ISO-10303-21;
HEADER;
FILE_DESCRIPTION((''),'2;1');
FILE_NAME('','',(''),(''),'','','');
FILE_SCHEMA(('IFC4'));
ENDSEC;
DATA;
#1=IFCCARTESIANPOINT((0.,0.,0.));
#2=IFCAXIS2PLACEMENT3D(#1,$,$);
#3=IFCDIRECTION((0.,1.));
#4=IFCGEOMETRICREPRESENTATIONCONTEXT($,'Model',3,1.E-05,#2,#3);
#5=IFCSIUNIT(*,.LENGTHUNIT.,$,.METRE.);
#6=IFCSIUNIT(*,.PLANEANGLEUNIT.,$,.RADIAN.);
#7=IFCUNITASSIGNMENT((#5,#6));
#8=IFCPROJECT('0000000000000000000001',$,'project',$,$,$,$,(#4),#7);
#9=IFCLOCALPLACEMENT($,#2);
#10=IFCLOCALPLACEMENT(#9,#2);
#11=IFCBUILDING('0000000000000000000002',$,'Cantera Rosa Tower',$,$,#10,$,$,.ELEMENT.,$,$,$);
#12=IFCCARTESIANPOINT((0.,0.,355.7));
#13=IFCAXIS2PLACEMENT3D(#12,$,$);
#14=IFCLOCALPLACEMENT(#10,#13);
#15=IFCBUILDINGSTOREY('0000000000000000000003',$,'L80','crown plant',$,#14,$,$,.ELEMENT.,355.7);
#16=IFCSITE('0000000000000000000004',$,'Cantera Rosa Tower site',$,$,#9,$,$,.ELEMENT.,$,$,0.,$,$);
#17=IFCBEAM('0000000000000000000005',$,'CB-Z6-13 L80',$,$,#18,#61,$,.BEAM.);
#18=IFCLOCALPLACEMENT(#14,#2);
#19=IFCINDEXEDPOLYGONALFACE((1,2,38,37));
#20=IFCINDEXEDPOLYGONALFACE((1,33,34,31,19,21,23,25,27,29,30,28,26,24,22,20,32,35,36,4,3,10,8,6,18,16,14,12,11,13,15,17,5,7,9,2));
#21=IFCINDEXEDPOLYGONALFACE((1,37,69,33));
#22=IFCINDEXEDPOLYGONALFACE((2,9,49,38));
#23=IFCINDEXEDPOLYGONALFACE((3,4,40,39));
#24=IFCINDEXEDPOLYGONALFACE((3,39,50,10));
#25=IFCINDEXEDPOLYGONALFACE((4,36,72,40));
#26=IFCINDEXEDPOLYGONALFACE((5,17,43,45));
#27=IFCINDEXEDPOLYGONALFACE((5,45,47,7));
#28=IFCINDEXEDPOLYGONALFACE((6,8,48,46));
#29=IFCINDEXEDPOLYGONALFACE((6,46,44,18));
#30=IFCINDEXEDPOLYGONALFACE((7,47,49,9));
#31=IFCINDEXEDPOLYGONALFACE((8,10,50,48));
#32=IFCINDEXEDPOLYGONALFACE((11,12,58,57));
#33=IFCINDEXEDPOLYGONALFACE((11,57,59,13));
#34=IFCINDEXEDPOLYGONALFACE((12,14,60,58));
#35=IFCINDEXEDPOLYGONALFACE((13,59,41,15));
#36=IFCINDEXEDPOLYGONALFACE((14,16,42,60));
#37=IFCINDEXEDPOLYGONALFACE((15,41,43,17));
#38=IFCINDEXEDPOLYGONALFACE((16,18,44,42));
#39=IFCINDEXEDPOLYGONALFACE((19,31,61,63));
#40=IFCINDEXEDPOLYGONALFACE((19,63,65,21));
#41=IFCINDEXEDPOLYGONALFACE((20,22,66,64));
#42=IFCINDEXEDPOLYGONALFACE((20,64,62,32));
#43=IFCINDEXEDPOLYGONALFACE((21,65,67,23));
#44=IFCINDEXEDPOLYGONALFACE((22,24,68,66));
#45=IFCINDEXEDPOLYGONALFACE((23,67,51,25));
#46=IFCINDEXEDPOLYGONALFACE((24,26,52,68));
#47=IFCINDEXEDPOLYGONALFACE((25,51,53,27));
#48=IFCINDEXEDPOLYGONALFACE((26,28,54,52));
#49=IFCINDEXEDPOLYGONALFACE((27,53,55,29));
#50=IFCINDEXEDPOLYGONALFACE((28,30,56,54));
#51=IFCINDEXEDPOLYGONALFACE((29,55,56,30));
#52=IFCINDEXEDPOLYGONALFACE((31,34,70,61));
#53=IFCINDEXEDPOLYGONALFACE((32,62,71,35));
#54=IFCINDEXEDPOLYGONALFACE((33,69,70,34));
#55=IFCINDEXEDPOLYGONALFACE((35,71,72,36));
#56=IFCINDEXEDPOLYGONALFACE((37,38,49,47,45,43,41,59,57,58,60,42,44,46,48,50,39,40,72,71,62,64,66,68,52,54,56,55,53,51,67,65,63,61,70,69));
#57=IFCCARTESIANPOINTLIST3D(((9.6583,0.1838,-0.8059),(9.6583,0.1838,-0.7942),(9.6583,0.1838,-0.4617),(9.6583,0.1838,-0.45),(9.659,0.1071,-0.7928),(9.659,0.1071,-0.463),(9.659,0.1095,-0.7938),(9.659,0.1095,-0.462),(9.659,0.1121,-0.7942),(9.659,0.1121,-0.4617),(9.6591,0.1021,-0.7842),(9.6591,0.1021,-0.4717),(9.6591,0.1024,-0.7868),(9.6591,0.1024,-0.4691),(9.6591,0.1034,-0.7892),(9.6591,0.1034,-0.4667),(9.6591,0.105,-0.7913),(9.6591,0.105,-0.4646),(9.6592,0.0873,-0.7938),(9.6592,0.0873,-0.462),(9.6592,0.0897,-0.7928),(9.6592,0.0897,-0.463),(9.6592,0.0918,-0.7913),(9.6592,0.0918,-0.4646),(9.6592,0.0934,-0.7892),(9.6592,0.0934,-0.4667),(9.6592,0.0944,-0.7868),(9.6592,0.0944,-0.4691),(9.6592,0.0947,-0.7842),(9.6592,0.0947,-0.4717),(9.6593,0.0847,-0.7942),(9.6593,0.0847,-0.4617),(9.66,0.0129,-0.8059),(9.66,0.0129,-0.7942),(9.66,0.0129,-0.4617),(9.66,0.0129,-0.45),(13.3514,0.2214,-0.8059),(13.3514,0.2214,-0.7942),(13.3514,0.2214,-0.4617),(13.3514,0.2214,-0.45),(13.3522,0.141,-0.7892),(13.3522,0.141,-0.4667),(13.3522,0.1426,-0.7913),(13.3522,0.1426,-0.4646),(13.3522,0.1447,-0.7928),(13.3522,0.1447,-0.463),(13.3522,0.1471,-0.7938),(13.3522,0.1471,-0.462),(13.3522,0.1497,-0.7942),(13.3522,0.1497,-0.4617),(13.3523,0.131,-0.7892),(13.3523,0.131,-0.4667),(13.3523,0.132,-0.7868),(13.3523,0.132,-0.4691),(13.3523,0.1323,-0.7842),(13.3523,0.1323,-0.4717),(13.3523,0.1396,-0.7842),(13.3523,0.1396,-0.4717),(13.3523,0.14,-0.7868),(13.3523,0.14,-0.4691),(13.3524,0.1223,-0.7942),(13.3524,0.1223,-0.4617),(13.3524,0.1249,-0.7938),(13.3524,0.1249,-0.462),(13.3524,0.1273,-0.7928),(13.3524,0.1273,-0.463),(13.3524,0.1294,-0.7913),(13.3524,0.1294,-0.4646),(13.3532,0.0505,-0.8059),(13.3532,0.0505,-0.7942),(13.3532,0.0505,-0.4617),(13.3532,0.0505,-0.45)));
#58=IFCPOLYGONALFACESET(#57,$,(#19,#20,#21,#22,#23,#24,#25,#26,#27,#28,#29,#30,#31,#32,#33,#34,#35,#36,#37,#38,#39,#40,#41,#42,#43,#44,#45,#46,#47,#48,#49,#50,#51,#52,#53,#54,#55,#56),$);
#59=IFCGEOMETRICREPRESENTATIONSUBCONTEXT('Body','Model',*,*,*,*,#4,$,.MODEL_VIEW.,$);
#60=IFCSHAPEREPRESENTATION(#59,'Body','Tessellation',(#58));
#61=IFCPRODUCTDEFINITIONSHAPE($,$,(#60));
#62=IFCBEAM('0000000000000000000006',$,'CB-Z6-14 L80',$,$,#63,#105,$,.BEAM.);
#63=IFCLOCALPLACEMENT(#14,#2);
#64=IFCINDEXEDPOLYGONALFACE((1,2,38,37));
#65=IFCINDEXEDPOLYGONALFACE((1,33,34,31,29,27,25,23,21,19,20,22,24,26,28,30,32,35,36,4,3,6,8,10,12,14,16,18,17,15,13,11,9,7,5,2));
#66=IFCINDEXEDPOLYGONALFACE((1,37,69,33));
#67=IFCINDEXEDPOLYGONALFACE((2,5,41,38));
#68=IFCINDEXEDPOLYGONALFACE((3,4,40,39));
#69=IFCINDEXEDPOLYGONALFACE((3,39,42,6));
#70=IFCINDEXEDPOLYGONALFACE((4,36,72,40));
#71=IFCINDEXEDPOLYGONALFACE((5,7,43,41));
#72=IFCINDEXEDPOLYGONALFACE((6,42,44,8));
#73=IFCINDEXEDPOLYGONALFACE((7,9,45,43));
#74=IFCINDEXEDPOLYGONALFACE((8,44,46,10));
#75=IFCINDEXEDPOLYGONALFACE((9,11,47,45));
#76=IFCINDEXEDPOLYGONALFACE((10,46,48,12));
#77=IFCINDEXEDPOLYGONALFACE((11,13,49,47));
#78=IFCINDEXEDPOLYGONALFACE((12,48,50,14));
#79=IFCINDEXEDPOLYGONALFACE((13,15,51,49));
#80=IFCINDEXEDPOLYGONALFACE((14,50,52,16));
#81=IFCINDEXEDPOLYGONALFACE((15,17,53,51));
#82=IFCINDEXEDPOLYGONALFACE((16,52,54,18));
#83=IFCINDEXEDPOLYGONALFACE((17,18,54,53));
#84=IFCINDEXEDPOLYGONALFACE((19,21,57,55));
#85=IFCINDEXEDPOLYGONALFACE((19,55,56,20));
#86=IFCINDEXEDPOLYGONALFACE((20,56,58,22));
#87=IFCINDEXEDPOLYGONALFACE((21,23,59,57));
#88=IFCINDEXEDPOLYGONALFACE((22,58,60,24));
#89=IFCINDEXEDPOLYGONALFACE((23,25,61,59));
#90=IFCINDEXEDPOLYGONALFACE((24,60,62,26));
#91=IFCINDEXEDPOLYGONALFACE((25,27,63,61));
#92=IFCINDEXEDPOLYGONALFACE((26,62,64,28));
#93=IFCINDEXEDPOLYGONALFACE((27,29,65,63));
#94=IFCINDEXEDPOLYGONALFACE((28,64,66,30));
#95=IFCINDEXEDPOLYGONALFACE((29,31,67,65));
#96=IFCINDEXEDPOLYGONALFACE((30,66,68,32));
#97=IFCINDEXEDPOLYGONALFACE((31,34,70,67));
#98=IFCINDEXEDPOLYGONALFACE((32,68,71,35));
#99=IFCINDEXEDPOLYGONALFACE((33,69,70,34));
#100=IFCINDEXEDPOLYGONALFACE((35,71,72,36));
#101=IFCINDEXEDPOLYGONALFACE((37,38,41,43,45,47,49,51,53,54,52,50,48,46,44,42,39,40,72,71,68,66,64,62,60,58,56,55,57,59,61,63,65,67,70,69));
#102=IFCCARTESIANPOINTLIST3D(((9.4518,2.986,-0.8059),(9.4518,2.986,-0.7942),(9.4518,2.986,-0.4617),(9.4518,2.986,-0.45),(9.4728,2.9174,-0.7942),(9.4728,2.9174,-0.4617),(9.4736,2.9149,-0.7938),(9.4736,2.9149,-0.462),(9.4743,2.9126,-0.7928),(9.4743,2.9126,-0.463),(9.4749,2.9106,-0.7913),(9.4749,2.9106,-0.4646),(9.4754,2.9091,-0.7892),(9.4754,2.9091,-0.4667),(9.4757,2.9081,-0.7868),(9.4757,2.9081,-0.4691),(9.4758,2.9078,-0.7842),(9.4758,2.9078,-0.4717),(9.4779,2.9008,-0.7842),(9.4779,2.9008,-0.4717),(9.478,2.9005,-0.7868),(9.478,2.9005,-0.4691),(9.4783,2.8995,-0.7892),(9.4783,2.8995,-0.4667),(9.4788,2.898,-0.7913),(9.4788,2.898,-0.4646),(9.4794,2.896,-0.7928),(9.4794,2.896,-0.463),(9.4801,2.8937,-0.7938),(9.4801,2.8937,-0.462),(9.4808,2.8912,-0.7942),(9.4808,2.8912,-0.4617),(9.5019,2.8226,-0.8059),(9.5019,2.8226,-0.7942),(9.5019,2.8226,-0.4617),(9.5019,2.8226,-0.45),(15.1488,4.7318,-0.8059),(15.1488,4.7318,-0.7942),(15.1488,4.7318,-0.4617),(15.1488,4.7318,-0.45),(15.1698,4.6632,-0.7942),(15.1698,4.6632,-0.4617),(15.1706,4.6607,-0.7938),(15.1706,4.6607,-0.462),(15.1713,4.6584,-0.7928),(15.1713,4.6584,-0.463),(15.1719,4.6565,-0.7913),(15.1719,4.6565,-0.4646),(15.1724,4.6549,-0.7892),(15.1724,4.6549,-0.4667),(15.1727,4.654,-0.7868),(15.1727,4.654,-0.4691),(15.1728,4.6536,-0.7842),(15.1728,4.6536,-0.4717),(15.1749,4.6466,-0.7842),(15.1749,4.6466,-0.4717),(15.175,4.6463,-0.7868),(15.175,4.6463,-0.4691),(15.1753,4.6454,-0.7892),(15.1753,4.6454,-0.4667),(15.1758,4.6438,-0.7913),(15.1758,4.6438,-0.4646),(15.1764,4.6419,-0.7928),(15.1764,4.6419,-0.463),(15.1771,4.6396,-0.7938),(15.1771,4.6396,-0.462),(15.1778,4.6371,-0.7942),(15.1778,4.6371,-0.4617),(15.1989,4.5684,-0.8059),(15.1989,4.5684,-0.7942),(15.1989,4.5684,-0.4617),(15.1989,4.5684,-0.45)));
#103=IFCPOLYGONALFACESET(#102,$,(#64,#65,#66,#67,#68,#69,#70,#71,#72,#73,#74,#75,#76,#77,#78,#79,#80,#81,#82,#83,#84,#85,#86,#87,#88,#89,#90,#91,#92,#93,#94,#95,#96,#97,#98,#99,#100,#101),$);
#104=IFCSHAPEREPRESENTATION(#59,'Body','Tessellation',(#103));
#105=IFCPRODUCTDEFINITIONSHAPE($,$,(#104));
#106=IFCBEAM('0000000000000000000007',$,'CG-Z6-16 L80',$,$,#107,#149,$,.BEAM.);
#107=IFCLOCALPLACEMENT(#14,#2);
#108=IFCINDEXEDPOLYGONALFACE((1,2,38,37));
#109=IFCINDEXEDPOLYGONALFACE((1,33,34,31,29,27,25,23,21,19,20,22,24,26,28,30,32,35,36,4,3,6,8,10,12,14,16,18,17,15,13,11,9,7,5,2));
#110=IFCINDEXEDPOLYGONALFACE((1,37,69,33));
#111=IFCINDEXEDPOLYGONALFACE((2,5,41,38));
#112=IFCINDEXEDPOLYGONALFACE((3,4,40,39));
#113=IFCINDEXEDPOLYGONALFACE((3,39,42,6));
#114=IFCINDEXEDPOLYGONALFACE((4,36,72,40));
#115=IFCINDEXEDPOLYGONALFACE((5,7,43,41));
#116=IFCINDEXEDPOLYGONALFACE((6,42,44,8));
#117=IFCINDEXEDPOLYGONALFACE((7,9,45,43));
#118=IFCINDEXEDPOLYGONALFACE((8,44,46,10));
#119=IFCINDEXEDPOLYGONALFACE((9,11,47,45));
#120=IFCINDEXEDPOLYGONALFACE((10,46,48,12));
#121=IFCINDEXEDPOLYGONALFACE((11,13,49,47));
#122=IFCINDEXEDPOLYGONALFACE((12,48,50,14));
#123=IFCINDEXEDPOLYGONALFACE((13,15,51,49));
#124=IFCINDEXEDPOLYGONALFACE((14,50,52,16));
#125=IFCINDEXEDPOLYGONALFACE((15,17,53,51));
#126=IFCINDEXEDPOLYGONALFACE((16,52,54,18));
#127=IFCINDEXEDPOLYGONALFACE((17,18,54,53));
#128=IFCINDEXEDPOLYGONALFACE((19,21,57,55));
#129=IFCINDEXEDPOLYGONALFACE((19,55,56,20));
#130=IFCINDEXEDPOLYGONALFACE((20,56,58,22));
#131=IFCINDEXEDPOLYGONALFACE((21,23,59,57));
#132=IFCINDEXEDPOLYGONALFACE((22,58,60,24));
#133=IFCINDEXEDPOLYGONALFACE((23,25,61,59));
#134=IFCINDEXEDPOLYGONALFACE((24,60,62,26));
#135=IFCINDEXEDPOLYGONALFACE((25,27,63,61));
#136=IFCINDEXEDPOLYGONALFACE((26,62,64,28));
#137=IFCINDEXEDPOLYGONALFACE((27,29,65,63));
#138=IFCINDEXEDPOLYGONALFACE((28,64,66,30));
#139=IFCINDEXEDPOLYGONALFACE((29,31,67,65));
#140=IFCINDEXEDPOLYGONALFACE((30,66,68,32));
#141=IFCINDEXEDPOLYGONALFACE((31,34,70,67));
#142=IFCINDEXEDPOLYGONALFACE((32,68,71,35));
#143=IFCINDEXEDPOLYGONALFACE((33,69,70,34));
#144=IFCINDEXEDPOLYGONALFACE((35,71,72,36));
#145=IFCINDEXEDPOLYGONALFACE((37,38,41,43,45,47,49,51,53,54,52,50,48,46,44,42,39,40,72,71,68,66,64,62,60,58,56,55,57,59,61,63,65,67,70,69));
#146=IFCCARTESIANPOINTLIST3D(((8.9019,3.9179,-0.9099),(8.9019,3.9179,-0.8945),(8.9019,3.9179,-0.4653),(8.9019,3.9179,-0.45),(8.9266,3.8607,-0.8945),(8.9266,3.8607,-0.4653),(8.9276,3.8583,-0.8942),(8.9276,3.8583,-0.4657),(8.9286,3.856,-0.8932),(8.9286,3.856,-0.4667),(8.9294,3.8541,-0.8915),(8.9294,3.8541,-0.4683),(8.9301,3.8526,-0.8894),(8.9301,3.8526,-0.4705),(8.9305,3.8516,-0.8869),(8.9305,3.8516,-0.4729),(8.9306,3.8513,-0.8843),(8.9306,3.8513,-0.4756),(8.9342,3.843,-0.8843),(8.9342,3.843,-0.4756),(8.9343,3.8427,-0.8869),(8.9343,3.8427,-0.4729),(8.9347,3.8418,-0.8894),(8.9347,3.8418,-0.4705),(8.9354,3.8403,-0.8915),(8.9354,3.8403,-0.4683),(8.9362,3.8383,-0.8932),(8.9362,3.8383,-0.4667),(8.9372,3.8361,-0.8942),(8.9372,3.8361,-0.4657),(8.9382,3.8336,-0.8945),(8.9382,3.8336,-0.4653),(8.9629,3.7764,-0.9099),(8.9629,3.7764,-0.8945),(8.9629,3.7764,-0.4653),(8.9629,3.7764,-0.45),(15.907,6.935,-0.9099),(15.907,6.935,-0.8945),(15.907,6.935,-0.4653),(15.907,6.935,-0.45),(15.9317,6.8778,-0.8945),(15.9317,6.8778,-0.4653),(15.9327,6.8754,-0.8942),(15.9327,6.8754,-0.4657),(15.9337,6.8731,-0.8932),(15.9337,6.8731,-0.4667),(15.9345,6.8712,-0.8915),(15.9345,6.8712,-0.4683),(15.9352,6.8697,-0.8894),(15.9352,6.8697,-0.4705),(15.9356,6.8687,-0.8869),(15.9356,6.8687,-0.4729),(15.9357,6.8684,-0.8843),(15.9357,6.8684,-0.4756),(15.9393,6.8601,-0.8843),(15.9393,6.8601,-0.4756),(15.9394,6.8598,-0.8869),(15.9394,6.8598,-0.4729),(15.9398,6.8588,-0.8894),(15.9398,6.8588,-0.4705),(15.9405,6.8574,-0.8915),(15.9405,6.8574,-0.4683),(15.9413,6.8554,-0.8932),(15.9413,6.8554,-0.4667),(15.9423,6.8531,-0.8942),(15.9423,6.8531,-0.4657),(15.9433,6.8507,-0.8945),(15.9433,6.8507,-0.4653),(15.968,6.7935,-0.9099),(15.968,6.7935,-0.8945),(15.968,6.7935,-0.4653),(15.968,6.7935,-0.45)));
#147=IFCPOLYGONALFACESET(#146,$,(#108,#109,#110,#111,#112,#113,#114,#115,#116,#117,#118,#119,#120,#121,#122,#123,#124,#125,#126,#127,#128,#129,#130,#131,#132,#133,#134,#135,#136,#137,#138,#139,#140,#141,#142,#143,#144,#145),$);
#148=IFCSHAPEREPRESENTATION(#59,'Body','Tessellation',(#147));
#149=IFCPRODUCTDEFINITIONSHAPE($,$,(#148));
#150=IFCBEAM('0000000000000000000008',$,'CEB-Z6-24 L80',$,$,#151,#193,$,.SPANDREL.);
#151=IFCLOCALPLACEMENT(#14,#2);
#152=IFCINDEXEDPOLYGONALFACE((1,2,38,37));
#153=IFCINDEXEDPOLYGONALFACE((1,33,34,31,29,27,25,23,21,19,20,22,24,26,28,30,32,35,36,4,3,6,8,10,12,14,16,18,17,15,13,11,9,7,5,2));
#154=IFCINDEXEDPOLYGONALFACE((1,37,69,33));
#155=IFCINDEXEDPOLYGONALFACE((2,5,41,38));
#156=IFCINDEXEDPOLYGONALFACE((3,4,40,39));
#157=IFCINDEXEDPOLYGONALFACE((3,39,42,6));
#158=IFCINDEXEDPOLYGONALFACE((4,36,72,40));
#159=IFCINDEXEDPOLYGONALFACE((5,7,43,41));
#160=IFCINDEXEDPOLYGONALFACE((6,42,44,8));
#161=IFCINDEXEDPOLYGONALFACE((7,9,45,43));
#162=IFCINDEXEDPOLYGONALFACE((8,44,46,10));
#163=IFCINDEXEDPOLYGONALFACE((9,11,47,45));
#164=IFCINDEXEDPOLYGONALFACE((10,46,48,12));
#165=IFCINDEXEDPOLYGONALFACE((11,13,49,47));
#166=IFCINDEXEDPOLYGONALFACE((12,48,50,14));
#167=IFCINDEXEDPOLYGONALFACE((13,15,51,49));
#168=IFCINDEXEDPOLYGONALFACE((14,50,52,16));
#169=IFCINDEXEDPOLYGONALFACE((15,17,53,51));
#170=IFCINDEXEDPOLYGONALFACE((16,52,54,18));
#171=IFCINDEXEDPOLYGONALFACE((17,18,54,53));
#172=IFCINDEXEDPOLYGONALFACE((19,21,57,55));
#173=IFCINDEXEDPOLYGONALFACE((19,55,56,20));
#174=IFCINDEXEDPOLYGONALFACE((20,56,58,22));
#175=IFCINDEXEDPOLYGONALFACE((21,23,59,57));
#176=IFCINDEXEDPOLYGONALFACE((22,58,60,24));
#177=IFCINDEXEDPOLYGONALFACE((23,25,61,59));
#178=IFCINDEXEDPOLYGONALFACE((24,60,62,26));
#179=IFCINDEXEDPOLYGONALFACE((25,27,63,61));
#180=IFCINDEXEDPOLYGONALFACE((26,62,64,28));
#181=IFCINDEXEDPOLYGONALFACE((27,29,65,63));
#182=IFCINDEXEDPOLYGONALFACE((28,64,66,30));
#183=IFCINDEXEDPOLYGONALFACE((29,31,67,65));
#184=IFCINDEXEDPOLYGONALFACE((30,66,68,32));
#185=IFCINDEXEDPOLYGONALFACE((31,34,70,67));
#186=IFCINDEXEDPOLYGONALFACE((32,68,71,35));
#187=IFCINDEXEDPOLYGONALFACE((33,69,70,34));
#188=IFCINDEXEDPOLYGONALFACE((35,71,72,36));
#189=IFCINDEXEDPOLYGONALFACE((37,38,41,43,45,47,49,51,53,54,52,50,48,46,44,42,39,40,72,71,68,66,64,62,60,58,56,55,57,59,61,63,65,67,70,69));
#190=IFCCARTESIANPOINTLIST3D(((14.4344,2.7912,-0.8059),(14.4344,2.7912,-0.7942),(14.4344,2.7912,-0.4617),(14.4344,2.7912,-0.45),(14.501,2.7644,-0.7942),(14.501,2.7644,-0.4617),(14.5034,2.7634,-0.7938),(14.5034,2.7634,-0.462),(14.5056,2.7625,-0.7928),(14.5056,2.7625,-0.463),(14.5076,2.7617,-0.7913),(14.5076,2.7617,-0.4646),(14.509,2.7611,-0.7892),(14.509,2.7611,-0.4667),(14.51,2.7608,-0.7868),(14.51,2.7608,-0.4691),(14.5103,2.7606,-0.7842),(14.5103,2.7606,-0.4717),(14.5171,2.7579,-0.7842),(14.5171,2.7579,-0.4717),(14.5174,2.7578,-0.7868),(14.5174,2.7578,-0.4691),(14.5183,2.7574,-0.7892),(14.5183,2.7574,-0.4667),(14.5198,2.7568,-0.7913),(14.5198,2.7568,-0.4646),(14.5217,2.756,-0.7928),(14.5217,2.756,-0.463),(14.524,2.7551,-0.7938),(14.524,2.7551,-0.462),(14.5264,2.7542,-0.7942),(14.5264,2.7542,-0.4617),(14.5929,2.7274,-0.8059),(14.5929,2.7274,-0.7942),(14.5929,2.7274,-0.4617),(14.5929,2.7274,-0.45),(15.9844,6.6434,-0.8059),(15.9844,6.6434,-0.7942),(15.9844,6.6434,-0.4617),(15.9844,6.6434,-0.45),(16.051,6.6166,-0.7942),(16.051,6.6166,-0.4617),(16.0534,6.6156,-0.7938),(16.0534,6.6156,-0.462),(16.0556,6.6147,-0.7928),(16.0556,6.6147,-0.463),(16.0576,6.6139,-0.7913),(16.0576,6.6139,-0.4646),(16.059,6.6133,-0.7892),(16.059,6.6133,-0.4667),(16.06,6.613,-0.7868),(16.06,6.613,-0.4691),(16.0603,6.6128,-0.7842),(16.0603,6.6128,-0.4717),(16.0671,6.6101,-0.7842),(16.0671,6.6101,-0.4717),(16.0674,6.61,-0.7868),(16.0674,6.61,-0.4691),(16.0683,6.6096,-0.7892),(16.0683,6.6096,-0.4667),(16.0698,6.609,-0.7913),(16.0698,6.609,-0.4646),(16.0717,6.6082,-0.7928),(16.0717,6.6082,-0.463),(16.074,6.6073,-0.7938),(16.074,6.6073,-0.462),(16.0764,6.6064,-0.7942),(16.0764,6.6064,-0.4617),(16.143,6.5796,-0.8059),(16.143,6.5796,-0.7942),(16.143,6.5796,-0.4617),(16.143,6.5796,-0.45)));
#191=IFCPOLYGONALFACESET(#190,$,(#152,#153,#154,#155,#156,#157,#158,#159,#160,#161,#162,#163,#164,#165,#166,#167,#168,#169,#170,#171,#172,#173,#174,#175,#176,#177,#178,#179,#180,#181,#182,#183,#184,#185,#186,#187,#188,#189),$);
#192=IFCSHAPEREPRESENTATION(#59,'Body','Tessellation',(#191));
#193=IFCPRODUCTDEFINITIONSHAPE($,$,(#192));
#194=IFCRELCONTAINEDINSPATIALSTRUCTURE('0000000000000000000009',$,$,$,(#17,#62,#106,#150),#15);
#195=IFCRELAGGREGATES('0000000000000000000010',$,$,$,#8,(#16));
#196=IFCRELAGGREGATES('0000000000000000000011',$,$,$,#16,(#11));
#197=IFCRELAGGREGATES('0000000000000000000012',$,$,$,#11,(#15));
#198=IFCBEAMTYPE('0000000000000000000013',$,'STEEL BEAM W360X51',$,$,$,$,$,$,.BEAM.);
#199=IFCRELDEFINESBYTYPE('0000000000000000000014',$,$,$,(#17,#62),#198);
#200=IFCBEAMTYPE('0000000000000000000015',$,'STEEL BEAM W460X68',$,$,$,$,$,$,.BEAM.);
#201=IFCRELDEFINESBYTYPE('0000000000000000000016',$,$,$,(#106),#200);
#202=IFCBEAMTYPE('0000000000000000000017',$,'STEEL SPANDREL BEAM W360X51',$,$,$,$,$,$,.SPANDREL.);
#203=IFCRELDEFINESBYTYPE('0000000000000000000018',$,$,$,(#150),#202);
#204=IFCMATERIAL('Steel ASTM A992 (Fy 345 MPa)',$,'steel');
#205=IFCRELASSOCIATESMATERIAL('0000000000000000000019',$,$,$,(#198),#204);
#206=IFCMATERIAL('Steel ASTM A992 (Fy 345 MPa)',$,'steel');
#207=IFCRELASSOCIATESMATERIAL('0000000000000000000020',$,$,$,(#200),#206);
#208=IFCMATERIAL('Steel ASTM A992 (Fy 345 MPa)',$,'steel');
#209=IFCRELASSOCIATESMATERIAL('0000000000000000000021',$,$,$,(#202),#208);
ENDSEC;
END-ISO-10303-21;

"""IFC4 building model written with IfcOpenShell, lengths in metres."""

from ifc_helpers import new_model, si_unit, direction, frame, origin, origin_2d, place, context, subcontext, project, spatial, i_section, extrude, material, material_profile, profile_set, type_object, element, save


model = new_model("IFC4")

# Units and contexts
model_context = context("Model", 3, precision=1e-05, world=origin(), true_north=direction((0.0, 1.0)))
body_context = subcontext(model_context, "Body", "Model", "MODEL_VIEW")
ifc_project = project(units=[si_unit("LENGTHUNIT", "METRE"), si_unit("PLANEANGLEUNIT", "RADIAN")], contexts=[model_context])

# Site, building, storey
site_placement = place(None, origin())
site = spatial("IfcSite", under=ifc_project, at=site_placement, Name="Cantera Rosa Tower site", CompositionType="ELEMENT", RefElevation=0.0)
building_placement = place(site_placement, origin())
building = spatial("IfcBuilding", under=site, at=building_placement, Name="Cantera Rosa Tower", CompositionType="ELEMENT")
storey_placement = place(building_placement, frame((0.0, 0.0, 355.7)))
storey = spatial("IfcBuildingStorey", under=building, at=storey_placement, Name="L80", Description="crown plant", CompositionType="ELEMENT", Elevation=355.7)

# Beams
ifc_material_1 = material(Name="Steel ASTM A992 (Fy 345 MPa)", Category="steel")
ifc_material_profile_1 = material_profile(ifc_material_1, i_section(OverallWidth=0.1709, OverallDepth=0.356, WebThickness=0.0073, FlangeThickness=0.0117, FilletRadius=0.01, at=origin_2d()), Name="W360X51")
ifc_profile_set_1 = profile_set([ifc_material_profile_1], Name="Steel ASTM A992 (Fy 345 MPa)")
beam_type_1 = type_object("IfcBeamType", Name="STEEL BEAM W360X51", PredefinedType="BEAM", material=ifc_profile_set_1)
beam_1_placement = place(storey_placement, frame((13.3523, 0.136, -0.6279), z_axis=(-0.999948, -0.01018, 0.0), x_axis=(0.01018, -0.999948, 0.0)))
element("IfcBeam", 1, at=beam_1_placement, inside=storey, type_object=beam_type_1, Name="CB-Z6-13 L80", PredefinedType="BEAM", context=body_context, shape_type="SweptSolid", body=[
    extrude(i_section(OverallWidth=0.1709, OverallDepth=0.356, WebThickness=0.0073, FlangeThickness=0.0117, FilletRadius=0.01, at=origin_2d()), origin(), (0.0, 0.0, 1.0), 3.6934),
])
beam_2_placement = place(storey_placement, frame((15.1738, 4.6501, -0.6279), z_axis=(-0.956112, -0.293, 0.0), x_axis=(0.293, -0.956112, 0.0)))
element("IfcBeam", 2, at=beam_2_placement, inside=storey, type_object=beam_type_1, Name="CB-Z6-14 L80", PredefinedType="BEAM", context=body_context, shape_type="SweptSolid", body=[
    extrude(i_section(OverallWidth=0.1709, OverallDepth=0.356, WebThickness=0.0073, FlangeThickness=0.0117, FilletRadius=0.01, at=origin_2d()), origin(), (0.0, 0.0, 1.0), 5.9585),
])
ifc_material_2 = material(Name="Steel ASTM A992 (Fy 345 MPa)", Category="steel")
ifc_material_profile_2 = material_profile(ifc_material_2, i_section(OverallWidth=0.1541, OverallDepth=0.46, WebThickness=0.009, FlangeThickness=0.0154, FilletRadius=0.0103, at=origin_2d()), Name="W460X68")
ifc_profile_set_2 = profile_set([ifc_material_profile_2], Name="Steel ASTM A992 (Fy 345 MPa)")
beam_type_2 = type_object("IfcBeamType", Name="STEEL BEAM W460X68", PredefinedType="BEAM", material=ifc_profile_set_2)
beam_3_placement = place(storey_placement, frame((15.9375, 6.8643, -0.6799), z_axis=(-0.918437, -0.395568, 0.0), x_axis=(0.395568, -0.918437, 0.0)))
element("IfcBeam", 3, at=beam_3_placement, inside=storey, type_object=beam_type_2, Name="CG-Z6-16 L80", PredefinedType="BEAM", context=body_context, shape_type="SweptSolid", body=[
    extrude(i_section(OverallWidth=0.1541, OverallDepth=0.46, WebThickness=0.009, FlangeThickness=0.0154, FilletRadius=0.0103, at=origin_2d()), origin(), (0.0, 0.0, 1.0), 7.6272),
])
ifc_material_3 = material(Name="Steel ASTM A992 (Fy 345 MPa)", Category="steel")
ifc_material_profile_3 = material_profile(ifc_material_3, i_section(OverallWidth=0.1709, OverallDepth=0.356, WebThickness=0.0073, FlangeThickness=0.0117, FilletRadius=0.01, at=origin_2d()), Name="W360X51")
ifc_profile_set_3 = profile_set([ifc_material_profile_3], Name="Steel ASTM A992 (Fy 345 MPa)")
beam_type_3 = type_object("IfcBeamType", Name="STEEL SPANDREL BEAM W360X51", PredefinedType="SPANDREL", material=ifc_profile_set_3)
beam_4_placement = place(storey_placement, frame((14.5137, 2.7593, -0.6279), z_axis=(0.373286, 0.927717, 0.0), x_axis=(-0.927717, 0.373286, 0.0)))
element("IfcBeam", 4, at=beam_4_placement, inside=storey, type_object=beam_type_3, Name="CEB-Z6-24 L80", PredefinedType="SPANDREL", context=body_context, shape_type="SweptSolid", body=[
    extrude(i_section(OverallWidth=0.1709, OverallDepth=0.356, WebThickness=0.0073, FlangeThickness=0.0117, FilletRadius=0.01, at=origin_2d()), origin(), (0.0, 0.0, 1.0), 4.1523),
])

save(model, "model.ifc")
